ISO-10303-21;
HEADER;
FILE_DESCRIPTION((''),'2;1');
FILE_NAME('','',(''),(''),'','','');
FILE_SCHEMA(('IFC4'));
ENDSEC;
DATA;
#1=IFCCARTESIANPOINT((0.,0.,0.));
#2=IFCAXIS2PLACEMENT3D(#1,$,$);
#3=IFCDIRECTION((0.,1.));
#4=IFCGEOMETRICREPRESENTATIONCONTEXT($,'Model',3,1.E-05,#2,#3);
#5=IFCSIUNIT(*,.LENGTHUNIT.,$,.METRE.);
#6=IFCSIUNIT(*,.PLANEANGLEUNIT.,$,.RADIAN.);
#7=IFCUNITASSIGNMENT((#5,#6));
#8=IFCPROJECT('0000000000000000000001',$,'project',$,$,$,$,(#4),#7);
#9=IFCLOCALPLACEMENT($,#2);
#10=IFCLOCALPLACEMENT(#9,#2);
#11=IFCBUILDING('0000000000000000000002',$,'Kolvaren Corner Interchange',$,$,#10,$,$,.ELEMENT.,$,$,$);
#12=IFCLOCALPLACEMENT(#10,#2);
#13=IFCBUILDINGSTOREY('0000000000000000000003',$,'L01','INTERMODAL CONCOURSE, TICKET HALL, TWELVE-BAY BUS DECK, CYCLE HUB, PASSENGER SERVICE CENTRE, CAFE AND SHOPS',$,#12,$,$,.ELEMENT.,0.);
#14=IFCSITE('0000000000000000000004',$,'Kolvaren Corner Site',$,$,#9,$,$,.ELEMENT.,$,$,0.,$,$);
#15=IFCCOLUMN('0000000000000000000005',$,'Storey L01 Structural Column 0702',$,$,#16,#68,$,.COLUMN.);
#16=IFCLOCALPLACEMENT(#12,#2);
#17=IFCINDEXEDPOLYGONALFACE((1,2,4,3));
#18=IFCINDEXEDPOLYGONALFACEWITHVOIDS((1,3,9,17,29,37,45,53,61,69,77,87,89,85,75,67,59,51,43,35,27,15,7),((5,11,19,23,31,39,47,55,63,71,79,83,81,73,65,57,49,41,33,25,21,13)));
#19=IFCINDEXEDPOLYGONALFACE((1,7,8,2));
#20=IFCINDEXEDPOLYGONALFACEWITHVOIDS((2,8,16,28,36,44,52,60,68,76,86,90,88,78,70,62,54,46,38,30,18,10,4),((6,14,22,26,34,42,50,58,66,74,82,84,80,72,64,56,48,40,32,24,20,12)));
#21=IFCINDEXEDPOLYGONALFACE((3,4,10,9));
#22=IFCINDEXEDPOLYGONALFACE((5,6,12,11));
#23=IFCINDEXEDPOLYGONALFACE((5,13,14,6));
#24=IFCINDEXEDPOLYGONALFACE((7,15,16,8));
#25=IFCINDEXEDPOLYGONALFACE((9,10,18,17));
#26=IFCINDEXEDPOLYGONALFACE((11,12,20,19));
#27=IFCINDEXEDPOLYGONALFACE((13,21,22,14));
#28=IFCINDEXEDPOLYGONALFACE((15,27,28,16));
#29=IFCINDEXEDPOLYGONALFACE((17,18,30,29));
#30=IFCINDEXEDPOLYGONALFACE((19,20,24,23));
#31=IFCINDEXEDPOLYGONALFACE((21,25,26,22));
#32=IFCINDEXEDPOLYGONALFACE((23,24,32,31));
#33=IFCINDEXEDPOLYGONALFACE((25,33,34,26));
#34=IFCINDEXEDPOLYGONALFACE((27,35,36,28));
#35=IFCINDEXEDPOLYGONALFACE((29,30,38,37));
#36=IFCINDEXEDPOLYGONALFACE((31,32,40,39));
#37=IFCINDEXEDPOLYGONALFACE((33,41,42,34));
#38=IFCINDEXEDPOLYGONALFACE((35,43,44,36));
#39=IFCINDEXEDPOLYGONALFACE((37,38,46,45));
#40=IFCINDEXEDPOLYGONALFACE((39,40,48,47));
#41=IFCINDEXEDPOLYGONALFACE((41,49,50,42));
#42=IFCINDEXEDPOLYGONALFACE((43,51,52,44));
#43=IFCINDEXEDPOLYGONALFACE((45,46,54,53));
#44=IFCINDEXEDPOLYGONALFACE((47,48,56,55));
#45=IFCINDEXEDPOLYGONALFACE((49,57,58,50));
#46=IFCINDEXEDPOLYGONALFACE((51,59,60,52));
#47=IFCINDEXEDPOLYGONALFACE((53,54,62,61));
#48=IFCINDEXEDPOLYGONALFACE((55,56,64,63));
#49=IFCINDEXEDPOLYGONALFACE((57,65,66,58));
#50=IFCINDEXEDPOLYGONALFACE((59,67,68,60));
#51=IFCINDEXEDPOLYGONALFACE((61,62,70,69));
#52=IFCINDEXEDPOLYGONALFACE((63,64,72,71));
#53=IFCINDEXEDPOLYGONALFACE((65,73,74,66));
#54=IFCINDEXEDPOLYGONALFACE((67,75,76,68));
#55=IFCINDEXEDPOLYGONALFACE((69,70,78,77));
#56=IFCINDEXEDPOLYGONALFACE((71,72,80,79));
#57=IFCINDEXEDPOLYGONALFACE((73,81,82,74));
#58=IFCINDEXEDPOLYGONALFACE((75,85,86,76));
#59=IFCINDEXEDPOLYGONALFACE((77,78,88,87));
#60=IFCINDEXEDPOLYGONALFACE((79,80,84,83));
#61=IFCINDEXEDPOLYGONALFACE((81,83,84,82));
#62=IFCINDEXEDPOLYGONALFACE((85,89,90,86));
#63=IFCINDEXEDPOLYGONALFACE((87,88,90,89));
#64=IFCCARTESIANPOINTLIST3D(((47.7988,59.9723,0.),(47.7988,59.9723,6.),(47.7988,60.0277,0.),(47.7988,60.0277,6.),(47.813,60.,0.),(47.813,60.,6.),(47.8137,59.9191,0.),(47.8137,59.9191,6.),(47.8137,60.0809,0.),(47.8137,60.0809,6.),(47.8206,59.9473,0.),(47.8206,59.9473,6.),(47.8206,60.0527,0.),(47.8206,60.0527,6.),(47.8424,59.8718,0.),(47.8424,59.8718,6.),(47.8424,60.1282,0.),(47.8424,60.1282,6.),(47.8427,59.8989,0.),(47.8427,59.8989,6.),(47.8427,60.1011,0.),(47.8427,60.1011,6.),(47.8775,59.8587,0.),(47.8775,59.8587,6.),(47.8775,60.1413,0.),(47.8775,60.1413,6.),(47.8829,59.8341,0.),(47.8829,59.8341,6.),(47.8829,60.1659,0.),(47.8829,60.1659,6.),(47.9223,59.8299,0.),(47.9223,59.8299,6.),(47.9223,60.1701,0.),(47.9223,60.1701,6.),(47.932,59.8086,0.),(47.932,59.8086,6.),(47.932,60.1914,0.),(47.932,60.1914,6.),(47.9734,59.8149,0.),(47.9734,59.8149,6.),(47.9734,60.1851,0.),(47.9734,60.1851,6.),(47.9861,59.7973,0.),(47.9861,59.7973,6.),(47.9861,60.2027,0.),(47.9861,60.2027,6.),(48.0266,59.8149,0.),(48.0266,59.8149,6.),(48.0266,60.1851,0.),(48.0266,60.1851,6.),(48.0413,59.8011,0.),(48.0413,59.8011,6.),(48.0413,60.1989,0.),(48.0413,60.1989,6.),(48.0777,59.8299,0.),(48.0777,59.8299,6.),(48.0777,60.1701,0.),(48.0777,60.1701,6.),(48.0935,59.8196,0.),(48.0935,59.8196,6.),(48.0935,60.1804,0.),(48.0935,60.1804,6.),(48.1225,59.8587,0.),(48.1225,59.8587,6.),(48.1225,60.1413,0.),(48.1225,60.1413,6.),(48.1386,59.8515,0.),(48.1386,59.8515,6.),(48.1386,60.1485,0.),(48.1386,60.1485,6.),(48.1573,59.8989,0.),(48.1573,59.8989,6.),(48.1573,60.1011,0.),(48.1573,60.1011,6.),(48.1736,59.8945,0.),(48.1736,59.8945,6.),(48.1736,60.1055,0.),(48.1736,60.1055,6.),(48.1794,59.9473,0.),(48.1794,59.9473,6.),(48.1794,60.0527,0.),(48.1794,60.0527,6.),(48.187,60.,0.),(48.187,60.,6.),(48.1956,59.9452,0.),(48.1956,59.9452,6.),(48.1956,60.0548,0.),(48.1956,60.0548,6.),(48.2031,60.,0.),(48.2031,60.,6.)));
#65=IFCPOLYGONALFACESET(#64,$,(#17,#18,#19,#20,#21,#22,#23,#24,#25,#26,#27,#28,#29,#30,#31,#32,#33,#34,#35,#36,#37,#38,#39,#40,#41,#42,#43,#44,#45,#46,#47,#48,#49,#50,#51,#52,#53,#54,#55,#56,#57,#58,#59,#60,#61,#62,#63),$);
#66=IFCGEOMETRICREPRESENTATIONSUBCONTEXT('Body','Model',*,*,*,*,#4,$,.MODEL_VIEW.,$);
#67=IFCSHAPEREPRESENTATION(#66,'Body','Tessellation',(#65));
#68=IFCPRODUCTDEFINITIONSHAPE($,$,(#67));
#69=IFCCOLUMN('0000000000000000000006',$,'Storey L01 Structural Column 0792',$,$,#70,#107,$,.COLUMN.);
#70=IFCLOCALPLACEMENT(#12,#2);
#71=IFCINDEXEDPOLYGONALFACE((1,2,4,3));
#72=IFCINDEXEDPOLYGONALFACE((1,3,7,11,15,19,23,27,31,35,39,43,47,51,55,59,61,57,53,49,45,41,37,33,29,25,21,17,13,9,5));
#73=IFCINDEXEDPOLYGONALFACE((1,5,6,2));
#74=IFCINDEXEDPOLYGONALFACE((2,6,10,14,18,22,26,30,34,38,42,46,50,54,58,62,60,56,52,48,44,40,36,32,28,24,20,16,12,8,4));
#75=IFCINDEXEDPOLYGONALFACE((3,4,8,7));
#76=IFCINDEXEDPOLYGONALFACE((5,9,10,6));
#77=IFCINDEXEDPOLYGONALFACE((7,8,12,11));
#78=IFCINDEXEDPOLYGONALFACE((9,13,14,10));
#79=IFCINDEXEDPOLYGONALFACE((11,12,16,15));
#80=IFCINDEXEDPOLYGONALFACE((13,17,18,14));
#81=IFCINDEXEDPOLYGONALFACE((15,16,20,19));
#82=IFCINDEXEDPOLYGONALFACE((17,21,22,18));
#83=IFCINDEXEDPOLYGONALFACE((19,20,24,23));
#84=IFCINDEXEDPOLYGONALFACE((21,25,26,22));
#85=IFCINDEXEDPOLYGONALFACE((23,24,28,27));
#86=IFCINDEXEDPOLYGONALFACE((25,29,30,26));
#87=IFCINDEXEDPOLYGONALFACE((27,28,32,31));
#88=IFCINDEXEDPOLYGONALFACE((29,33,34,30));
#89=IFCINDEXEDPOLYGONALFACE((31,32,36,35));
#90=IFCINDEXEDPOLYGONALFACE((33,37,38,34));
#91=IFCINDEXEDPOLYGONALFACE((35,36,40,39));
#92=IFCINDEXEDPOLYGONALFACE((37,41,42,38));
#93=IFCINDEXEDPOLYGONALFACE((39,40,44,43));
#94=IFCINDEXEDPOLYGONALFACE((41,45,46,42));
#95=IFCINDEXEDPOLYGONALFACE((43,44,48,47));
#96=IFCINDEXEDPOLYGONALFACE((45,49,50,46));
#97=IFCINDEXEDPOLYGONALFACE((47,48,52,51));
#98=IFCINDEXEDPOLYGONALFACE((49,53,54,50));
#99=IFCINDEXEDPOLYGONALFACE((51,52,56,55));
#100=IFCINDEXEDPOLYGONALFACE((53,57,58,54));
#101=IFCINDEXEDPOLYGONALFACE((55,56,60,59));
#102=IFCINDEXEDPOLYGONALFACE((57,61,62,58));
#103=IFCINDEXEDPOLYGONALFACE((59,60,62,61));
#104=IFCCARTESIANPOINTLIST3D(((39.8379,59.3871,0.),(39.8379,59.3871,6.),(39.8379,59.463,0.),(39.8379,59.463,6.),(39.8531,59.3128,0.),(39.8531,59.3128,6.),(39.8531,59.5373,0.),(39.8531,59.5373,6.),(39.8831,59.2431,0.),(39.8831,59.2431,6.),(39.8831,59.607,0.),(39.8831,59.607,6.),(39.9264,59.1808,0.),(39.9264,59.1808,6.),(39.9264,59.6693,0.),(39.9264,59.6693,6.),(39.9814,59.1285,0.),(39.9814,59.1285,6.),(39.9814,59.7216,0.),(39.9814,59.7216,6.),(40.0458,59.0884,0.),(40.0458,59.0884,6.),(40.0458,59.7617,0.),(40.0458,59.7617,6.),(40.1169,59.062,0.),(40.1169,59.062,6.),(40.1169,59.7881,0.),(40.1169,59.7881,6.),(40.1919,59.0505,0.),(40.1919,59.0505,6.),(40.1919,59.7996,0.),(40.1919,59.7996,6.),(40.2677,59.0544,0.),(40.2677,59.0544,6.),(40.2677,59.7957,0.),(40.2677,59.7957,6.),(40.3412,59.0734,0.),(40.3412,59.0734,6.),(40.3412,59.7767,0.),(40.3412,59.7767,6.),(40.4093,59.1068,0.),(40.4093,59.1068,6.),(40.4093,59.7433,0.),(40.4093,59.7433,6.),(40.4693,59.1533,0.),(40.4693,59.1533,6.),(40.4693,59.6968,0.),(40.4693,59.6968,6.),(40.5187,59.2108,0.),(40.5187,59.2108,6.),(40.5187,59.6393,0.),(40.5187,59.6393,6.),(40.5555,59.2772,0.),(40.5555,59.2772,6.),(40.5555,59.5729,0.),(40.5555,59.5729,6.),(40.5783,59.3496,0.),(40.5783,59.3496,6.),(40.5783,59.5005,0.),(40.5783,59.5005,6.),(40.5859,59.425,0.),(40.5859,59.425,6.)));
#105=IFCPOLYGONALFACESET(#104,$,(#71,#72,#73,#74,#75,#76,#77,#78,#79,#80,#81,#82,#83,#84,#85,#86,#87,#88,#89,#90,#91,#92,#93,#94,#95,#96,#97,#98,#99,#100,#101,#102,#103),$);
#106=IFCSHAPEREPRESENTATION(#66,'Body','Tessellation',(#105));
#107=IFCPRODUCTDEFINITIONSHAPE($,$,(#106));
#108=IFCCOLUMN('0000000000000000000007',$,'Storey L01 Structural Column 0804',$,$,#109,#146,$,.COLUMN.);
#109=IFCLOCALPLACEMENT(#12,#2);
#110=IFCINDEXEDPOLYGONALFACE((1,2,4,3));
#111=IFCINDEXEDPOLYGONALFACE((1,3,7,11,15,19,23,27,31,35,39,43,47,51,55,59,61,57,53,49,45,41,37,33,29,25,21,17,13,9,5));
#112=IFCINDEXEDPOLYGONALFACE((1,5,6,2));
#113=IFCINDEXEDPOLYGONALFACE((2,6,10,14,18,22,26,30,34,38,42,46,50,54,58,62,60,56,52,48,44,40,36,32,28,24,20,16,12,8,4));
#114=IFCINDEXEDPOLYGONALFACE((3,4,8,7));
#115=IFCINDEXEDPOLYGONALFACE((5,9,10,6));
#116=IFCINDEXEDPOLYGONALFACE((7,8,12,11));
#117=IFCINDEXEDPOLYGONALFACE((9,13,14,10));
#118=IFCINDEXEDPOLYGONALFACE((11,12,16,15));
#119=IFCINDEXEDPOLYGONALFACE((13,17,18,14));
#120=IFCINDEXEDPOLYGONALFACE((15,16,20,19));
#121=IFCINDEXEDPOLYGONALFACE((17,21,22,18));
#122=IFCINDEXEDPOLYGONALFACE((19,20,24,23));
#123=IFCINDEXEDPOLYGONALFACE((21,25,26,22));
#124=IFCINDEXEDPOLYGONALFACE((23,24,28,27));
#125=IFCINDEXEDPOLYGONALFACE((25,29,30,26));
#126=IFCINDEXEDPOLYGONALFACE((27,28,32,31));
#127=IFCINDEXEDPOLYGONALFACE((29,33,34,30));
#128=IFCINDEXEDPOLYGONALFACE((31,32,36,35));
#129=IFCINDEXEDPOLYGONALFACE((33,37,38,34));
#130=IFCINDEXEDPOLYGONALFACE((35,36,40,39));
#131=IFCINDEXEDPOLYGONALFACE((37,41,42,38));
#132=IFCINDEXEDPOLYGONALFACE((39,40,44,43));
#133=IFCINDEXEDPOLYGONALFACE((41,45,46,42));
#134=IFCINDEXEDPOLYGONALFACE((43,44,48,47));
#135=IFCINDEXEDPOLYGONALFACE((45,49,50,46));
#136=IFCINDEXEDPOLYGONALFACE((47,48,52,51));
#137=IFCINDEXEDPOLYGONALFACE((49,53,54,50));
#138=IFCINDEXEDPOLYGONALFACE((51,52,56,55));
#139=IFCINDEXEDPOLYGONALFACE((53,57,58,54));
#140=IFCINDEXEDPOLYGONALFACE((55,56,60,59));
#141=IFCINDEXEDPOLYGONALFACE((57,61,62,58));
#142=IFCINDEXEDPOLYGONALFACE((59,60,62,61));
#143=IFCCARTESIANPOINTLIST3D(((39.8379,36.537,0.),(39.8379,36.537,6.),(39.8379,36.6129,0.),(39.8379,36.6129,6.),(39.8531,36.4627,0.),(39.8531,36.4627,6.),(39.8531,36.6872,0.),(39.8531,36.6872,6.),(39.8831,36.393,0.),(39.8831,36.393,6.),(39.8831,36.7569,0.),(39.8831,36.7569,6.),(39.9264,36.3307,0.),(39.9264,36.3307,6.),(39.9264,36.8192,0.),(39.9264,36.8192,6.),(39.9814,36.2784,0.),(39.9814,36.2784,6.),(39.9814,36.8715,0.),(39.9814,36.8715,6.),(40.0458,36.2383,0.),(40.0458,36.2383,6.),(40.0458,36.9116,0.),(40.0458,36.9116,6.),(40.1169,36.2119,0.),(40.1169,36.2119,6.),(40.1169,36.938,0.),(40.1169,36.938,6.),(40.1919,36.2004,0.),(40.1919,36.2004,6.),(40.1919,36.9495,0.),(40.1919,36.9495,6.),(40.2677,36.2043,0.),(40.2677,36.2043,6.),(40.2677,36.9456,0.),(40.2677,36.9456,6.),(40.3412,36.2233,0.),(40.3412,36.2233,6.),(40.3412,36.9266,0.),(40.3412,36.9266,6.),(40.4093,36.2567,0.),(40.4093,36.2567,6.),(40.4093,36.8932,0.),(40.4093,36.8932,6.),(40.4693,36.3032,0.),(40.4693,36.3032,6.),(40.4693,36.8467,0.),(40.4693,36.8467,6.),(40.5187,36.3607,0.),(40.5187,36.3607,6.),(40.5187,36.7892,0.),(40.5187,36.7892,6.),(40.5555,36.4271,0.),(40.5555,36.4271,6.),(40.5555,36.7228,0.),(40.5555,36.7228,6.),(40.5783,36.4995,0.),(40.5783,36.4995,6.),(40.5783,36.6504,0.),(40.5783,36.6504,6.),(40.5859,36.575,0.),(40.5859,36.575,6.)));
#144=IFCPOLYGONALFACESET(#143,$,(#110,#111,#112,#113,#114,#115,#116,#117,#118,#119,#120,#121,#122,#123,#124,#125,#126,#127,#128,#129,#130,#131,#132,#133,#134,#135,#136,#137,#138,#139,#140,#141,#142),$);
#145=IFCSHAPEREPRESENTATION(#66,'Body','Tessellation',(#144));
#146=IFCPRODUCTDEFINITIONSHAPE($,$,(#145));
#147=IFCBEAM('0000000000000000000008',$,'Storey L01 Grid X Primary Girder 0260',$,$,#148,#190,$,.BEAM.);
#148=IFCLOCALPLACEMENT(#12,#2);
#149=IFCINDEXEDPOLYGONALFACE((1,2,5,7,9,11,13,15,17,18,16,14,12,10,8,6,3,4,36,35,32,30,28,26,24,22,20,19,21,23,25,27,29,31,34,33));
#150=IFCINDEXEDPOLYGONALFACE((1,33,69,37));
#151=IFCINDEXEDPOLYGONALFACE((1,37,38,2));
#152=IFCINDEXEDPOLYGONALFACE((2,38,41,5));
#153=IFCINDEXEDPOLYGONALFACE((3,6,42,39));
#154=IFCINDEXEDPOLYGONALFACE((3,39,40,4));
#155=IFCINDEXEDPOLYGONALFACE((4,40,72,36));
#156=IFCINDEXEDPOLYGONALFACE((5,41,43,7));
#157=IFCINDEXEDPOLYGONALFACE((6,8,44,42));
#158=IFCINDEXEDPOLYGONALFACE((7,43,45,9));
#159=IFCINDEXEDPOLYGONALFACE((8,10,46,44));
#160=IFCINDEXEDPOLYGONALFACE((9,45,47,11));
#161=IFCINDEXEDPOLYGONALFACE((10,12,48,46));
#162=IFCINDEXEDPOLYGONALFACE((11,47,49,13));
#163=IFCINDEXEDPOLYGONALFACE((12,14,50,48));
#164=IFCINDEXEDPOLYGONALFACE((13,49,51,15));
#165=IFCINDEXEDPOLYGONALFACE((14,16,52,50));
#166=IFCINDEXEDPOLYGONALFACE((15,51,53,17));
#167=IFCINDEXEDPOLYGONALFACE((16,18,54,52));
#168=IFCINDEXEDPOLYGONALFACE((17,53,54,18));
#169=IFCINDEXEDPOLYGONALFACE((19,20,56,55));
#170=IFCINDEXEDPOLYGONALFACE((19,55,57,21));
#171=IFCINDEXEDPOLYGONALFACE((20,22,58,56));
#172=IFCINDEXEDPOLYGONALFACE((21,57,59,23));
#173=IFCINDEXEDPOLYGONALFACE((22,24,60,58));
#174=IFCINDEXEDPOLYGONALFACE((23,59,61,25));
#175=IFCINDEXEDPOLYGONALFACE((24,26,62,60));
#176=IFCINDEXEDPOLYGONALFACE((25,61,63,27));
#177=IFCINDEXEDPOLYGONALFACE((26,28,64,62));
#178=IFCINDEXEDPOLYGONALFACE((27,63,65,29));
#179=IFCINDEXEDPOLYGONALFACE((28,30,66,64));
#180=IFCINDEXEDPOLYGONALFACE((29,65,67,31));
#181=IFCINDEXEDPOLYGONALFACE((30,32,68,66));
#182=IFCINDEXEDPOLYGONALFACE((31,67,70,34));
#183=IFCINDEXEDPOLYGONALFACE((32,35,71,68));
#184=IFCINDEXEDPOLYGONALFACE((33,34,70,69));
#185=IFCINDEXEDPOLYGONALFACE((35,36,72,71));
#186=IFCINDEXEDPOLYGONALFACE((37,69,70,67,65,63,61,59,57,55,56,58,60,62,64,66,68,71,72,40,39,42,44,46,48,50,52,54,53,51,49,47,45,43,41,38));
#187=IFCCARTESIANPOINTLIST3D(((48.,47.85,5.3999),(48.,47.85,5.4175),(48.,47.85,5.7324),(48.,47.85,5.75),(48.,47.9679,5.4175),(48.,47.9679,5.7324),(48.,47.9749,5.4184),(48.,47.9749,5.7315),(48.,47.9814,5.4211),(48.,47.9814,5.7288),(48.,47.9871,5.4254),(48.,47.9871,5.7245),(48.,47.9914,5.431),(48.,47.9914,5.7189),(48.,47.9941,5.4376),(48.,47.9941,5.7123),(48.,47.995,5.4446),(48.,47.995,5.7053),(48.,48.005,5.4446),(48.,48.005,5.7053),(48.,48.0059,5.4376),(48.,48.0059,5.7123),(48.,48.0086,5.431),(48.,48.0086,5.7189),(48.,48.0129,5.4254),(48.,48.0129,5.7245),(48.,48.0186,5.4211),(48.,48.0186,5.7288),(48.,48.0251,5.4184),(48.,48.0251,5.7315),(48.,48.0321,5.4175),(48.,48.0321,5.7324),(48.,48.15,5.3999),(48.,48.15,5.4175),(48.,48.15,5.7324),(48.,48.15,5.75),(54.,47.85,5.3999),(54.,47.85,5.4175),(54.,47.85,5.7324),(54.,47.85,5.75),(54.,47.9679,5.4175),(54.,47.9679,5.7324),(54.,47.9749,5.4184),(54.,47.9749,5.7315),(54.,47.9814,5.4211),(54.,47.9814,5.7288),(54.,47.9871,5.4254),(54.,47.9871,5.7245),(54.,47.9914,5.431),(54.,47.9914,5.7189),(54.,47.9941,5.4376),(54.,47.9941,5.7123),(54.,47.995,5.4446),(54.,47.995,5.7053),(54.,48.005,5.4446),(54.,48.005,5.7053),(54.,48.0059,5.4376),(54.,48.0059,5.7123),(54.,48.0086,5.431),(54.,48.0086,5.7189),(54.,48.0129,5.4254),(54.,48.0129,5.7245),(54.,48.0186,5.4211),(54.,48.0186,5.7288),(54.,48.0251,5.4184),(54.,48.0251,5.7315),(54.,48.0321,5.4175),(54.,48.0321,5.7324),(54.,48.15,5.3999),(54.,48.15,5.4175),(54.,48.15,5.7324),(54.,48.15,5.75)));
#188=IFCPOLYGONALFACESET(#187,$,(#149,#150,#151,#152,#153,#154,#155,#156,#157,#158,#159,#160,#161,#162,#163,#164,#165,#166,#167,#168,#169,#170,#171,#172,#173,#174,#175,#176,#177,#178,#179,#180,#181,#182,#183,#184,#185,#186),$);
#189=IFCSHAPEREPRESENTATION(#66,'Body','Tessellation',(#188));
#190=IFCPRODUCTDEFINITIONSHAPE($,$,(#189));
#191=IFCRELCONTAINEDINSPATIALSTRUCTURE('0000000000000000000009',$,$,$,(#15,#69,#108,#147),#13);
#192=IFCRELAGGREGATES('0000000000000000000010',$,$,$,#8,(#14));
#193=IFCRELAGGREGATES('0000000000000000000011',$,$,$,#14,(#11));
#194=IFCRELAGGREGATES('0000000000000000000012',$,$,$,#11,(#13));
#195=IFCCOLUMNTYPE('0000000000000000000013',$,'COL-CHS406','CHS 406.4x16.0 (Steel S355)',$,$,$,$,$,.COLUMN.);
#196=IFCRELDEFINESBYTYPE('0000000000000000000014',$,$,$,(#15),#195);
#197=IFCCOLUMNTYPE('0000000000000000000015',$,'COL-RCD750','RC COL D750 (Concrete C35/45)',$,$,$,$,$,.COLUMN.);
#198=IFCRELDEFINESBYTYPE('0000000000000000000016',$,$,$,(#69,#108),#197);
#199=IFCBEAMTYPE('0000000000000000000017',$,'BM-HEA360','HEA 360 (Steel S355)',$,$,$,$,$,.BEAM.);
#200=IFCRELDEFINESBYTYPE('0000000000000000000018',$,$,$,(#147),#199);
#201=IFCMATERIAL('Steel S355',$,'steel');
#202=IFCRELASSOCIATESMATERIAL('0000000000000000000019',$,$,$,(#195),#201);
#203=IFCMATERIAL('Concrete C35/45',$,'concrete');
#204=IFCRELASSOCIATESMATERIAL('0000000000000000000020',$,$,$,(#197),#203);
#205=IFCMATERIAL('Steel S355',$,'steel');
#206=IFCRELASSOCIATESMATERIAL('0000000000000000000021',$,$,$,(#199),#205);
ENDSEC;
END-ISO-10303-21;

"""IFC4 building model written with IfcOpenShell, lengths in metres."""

from ifc_helpers import new_model, si_unit, direction, frame, origin, origin_2d, place, context, subcontext, project, spatial, circle, hollow_circle, i_section, extrude, material, material_profile, profile_set, type_object, element, save


model = new_model("IFC4")

# Units and contexts
model_context = context("Model", 3, precision=1e-05, world=origin(), true_north=direction((0.0, 1.0)))
body_context = subcontext(model_context, "Body", "Model", "MODEL_VIEW")
ifc_project = project(units=[si_unit("LENGTHUNIT", "METRE"), si_unit("PLANEANGLEUNIT", "RADIAN")], contexts=[model_context])

# Site, building, storey
site_placement = place(None, origin())
site = spatial("IfcSite", under=ifc_project, at=site_placement, Name="Kolvaren Corner Site", CompositionType="ELEMENT", RefElevation=0.0)
building_placement = place(site_placement, origin())
building = spatial("IfcBuilding", under=site, at=building_placement, Name="Kolvaren Corner Interchange", CompositionType="ELEMENT")
storey_placement = place(building_placement, origin())
storey = spatial("IfcBuildingStorey", under=building, at=storey_placement, Name="L01", Description="INTERMODAL CONCOURSE, TICKET HALL, TWELVE-BAY BUS DECK, CYCLE HUB, PASSENGER SERVICE CENTRE, CAFE AND SHOPS", CompositionType="ELEMENT", Elevation=0.0)

# Columns
ifc_material_1 = material(Name="Steel S355", Category="steel")
ifc_material_profile_1 = material_profile(ifc_material_1, hollow_circle(Radius=0.2031, WallThickness=0.0161, at=origin_2d()), Name="CHS 406.4x16.0")
ifc_profile_set_1 = profile_set([ifc_material_profile_1], Name="Steel S355")
column_type_1 = type_object("IfcColumnType", Name="COL-CHS406", Description="CHS 406.4x16.0 (Steel S355)", PredefinedType="COLUMN", material=ifc_profile_set_1)
for number, where, z_axis, x_axis, name in (
    (1, (48.0, 60.0, 0.0), (0.0, 0.0, 1.0), (1.0, 0.0, 0.0), "Storey L01 Structural Column 0702"),
):
    element("IfcColumn", number, at=place(storey_placement, frame(where, z_axis=z_axis, x_axis=x_axis)), inside=storey, type_object=column_type_1, Name=name, PredefinedType="COLUMN", context=body_context, shape_type="SweptSolid", body=[
        extrude(hollow_circle(Radius=0.2031, WallThickness=0.0161, at=origin_2d()), origin(), (0.0, 0.0, 1.0), 6.0),
    ])
ifc_material_2 = material(Name="Concrete C35/45", Category="concrete")
ifc_material_profile_2 = material_profile(ifc_material_2, circle(Radius=0.375, at=origin_2d()), Name="RC COL D750")
ifc_profile_set_2 = profile_set([ifc_material_profile_2], Name="Concrete C35/45")
column_type_2 = type_object("IfcColumnType", Name="COL-RCD750", Description="RC COL D750 (Concrete C35/45)", PredefinedType="COLUMN", material=ifc_profile_set_2)
for number, where, z_axis, x_axis, name in (
    (2, (40.2109, 59.425, 0.0), (0.0, 0.0, 1.0), (1.0, 0.0, 0.0), "Storey L01 Structural Column 0792"),
    (3, (40.2109, 36.575, 0.0), (0.0, 0.0, 1.0), (1.0, 0.0, 0.0), "Storey L01 Structural Column 0804"),
):
    element("IfcColumn", number, at=place(storey_placement, frame(where, z_axis=z_axis, x_axis=x_axis)), inside=storey, type_object=column_type_2, Name=name, PredefinedType="COLUMN", context=body_context, shape_type="SweptSolid", body=[
        extrude(circle(Radius=0.375, at=origin_2d()), origin(), (0.0, 0.0, 1.0), 6.0),
    ])

# Beam
ifc_material_3 = material(Name="Steel S355", Category="steel")
ifc_material_profile_3 = material_profile(ifc_material_3, i_section(OverallWidth=0.3, OverallDepth=0.3501, WebThickness=0.01, FlangeThickness=0.0176, FilletRadius=0.0271, at=origin_2d()), Name="HEA 360")
ifc_profile_set_3 = profile_set([ifc_material_profile_3], Name="Steel S355")
beam_type_1 = type_object("IfcBeamType", Name="BM-HEA360", Description="HEA 360 (Steel S355)", PredefinedType="BEAM", material=ifc_profile_set_3)
for number, where, z_axis, x_axis, name in (
    (4, (48.0, 48.0, 5.575), (1.0, 0.0, 0.0), (0.0, 1.0, 0.0), "Storey L01 Grid X Primary Girder 0260"),
):
    element("IfcBeam", number, at=place(storey_placement, frame(where, z_axis=z_axis, x_axis=x_axis)), inside=storey, type_object=beam_type_1, Name=name, PredefinedType="BEAM", context=body_context, shape_type="SweptSolid", body=[
        extrude(i_section(OverallWidth=0.3, OverallDepth=0.3501, WebThickness=0.01, FlangeThickness=0.0176, FilletRadius=0.0271, at=origin_2d()), origin(), (0.0, 0.0, 1.0), 6.0),
    ])

save(model, "model.ifc")
